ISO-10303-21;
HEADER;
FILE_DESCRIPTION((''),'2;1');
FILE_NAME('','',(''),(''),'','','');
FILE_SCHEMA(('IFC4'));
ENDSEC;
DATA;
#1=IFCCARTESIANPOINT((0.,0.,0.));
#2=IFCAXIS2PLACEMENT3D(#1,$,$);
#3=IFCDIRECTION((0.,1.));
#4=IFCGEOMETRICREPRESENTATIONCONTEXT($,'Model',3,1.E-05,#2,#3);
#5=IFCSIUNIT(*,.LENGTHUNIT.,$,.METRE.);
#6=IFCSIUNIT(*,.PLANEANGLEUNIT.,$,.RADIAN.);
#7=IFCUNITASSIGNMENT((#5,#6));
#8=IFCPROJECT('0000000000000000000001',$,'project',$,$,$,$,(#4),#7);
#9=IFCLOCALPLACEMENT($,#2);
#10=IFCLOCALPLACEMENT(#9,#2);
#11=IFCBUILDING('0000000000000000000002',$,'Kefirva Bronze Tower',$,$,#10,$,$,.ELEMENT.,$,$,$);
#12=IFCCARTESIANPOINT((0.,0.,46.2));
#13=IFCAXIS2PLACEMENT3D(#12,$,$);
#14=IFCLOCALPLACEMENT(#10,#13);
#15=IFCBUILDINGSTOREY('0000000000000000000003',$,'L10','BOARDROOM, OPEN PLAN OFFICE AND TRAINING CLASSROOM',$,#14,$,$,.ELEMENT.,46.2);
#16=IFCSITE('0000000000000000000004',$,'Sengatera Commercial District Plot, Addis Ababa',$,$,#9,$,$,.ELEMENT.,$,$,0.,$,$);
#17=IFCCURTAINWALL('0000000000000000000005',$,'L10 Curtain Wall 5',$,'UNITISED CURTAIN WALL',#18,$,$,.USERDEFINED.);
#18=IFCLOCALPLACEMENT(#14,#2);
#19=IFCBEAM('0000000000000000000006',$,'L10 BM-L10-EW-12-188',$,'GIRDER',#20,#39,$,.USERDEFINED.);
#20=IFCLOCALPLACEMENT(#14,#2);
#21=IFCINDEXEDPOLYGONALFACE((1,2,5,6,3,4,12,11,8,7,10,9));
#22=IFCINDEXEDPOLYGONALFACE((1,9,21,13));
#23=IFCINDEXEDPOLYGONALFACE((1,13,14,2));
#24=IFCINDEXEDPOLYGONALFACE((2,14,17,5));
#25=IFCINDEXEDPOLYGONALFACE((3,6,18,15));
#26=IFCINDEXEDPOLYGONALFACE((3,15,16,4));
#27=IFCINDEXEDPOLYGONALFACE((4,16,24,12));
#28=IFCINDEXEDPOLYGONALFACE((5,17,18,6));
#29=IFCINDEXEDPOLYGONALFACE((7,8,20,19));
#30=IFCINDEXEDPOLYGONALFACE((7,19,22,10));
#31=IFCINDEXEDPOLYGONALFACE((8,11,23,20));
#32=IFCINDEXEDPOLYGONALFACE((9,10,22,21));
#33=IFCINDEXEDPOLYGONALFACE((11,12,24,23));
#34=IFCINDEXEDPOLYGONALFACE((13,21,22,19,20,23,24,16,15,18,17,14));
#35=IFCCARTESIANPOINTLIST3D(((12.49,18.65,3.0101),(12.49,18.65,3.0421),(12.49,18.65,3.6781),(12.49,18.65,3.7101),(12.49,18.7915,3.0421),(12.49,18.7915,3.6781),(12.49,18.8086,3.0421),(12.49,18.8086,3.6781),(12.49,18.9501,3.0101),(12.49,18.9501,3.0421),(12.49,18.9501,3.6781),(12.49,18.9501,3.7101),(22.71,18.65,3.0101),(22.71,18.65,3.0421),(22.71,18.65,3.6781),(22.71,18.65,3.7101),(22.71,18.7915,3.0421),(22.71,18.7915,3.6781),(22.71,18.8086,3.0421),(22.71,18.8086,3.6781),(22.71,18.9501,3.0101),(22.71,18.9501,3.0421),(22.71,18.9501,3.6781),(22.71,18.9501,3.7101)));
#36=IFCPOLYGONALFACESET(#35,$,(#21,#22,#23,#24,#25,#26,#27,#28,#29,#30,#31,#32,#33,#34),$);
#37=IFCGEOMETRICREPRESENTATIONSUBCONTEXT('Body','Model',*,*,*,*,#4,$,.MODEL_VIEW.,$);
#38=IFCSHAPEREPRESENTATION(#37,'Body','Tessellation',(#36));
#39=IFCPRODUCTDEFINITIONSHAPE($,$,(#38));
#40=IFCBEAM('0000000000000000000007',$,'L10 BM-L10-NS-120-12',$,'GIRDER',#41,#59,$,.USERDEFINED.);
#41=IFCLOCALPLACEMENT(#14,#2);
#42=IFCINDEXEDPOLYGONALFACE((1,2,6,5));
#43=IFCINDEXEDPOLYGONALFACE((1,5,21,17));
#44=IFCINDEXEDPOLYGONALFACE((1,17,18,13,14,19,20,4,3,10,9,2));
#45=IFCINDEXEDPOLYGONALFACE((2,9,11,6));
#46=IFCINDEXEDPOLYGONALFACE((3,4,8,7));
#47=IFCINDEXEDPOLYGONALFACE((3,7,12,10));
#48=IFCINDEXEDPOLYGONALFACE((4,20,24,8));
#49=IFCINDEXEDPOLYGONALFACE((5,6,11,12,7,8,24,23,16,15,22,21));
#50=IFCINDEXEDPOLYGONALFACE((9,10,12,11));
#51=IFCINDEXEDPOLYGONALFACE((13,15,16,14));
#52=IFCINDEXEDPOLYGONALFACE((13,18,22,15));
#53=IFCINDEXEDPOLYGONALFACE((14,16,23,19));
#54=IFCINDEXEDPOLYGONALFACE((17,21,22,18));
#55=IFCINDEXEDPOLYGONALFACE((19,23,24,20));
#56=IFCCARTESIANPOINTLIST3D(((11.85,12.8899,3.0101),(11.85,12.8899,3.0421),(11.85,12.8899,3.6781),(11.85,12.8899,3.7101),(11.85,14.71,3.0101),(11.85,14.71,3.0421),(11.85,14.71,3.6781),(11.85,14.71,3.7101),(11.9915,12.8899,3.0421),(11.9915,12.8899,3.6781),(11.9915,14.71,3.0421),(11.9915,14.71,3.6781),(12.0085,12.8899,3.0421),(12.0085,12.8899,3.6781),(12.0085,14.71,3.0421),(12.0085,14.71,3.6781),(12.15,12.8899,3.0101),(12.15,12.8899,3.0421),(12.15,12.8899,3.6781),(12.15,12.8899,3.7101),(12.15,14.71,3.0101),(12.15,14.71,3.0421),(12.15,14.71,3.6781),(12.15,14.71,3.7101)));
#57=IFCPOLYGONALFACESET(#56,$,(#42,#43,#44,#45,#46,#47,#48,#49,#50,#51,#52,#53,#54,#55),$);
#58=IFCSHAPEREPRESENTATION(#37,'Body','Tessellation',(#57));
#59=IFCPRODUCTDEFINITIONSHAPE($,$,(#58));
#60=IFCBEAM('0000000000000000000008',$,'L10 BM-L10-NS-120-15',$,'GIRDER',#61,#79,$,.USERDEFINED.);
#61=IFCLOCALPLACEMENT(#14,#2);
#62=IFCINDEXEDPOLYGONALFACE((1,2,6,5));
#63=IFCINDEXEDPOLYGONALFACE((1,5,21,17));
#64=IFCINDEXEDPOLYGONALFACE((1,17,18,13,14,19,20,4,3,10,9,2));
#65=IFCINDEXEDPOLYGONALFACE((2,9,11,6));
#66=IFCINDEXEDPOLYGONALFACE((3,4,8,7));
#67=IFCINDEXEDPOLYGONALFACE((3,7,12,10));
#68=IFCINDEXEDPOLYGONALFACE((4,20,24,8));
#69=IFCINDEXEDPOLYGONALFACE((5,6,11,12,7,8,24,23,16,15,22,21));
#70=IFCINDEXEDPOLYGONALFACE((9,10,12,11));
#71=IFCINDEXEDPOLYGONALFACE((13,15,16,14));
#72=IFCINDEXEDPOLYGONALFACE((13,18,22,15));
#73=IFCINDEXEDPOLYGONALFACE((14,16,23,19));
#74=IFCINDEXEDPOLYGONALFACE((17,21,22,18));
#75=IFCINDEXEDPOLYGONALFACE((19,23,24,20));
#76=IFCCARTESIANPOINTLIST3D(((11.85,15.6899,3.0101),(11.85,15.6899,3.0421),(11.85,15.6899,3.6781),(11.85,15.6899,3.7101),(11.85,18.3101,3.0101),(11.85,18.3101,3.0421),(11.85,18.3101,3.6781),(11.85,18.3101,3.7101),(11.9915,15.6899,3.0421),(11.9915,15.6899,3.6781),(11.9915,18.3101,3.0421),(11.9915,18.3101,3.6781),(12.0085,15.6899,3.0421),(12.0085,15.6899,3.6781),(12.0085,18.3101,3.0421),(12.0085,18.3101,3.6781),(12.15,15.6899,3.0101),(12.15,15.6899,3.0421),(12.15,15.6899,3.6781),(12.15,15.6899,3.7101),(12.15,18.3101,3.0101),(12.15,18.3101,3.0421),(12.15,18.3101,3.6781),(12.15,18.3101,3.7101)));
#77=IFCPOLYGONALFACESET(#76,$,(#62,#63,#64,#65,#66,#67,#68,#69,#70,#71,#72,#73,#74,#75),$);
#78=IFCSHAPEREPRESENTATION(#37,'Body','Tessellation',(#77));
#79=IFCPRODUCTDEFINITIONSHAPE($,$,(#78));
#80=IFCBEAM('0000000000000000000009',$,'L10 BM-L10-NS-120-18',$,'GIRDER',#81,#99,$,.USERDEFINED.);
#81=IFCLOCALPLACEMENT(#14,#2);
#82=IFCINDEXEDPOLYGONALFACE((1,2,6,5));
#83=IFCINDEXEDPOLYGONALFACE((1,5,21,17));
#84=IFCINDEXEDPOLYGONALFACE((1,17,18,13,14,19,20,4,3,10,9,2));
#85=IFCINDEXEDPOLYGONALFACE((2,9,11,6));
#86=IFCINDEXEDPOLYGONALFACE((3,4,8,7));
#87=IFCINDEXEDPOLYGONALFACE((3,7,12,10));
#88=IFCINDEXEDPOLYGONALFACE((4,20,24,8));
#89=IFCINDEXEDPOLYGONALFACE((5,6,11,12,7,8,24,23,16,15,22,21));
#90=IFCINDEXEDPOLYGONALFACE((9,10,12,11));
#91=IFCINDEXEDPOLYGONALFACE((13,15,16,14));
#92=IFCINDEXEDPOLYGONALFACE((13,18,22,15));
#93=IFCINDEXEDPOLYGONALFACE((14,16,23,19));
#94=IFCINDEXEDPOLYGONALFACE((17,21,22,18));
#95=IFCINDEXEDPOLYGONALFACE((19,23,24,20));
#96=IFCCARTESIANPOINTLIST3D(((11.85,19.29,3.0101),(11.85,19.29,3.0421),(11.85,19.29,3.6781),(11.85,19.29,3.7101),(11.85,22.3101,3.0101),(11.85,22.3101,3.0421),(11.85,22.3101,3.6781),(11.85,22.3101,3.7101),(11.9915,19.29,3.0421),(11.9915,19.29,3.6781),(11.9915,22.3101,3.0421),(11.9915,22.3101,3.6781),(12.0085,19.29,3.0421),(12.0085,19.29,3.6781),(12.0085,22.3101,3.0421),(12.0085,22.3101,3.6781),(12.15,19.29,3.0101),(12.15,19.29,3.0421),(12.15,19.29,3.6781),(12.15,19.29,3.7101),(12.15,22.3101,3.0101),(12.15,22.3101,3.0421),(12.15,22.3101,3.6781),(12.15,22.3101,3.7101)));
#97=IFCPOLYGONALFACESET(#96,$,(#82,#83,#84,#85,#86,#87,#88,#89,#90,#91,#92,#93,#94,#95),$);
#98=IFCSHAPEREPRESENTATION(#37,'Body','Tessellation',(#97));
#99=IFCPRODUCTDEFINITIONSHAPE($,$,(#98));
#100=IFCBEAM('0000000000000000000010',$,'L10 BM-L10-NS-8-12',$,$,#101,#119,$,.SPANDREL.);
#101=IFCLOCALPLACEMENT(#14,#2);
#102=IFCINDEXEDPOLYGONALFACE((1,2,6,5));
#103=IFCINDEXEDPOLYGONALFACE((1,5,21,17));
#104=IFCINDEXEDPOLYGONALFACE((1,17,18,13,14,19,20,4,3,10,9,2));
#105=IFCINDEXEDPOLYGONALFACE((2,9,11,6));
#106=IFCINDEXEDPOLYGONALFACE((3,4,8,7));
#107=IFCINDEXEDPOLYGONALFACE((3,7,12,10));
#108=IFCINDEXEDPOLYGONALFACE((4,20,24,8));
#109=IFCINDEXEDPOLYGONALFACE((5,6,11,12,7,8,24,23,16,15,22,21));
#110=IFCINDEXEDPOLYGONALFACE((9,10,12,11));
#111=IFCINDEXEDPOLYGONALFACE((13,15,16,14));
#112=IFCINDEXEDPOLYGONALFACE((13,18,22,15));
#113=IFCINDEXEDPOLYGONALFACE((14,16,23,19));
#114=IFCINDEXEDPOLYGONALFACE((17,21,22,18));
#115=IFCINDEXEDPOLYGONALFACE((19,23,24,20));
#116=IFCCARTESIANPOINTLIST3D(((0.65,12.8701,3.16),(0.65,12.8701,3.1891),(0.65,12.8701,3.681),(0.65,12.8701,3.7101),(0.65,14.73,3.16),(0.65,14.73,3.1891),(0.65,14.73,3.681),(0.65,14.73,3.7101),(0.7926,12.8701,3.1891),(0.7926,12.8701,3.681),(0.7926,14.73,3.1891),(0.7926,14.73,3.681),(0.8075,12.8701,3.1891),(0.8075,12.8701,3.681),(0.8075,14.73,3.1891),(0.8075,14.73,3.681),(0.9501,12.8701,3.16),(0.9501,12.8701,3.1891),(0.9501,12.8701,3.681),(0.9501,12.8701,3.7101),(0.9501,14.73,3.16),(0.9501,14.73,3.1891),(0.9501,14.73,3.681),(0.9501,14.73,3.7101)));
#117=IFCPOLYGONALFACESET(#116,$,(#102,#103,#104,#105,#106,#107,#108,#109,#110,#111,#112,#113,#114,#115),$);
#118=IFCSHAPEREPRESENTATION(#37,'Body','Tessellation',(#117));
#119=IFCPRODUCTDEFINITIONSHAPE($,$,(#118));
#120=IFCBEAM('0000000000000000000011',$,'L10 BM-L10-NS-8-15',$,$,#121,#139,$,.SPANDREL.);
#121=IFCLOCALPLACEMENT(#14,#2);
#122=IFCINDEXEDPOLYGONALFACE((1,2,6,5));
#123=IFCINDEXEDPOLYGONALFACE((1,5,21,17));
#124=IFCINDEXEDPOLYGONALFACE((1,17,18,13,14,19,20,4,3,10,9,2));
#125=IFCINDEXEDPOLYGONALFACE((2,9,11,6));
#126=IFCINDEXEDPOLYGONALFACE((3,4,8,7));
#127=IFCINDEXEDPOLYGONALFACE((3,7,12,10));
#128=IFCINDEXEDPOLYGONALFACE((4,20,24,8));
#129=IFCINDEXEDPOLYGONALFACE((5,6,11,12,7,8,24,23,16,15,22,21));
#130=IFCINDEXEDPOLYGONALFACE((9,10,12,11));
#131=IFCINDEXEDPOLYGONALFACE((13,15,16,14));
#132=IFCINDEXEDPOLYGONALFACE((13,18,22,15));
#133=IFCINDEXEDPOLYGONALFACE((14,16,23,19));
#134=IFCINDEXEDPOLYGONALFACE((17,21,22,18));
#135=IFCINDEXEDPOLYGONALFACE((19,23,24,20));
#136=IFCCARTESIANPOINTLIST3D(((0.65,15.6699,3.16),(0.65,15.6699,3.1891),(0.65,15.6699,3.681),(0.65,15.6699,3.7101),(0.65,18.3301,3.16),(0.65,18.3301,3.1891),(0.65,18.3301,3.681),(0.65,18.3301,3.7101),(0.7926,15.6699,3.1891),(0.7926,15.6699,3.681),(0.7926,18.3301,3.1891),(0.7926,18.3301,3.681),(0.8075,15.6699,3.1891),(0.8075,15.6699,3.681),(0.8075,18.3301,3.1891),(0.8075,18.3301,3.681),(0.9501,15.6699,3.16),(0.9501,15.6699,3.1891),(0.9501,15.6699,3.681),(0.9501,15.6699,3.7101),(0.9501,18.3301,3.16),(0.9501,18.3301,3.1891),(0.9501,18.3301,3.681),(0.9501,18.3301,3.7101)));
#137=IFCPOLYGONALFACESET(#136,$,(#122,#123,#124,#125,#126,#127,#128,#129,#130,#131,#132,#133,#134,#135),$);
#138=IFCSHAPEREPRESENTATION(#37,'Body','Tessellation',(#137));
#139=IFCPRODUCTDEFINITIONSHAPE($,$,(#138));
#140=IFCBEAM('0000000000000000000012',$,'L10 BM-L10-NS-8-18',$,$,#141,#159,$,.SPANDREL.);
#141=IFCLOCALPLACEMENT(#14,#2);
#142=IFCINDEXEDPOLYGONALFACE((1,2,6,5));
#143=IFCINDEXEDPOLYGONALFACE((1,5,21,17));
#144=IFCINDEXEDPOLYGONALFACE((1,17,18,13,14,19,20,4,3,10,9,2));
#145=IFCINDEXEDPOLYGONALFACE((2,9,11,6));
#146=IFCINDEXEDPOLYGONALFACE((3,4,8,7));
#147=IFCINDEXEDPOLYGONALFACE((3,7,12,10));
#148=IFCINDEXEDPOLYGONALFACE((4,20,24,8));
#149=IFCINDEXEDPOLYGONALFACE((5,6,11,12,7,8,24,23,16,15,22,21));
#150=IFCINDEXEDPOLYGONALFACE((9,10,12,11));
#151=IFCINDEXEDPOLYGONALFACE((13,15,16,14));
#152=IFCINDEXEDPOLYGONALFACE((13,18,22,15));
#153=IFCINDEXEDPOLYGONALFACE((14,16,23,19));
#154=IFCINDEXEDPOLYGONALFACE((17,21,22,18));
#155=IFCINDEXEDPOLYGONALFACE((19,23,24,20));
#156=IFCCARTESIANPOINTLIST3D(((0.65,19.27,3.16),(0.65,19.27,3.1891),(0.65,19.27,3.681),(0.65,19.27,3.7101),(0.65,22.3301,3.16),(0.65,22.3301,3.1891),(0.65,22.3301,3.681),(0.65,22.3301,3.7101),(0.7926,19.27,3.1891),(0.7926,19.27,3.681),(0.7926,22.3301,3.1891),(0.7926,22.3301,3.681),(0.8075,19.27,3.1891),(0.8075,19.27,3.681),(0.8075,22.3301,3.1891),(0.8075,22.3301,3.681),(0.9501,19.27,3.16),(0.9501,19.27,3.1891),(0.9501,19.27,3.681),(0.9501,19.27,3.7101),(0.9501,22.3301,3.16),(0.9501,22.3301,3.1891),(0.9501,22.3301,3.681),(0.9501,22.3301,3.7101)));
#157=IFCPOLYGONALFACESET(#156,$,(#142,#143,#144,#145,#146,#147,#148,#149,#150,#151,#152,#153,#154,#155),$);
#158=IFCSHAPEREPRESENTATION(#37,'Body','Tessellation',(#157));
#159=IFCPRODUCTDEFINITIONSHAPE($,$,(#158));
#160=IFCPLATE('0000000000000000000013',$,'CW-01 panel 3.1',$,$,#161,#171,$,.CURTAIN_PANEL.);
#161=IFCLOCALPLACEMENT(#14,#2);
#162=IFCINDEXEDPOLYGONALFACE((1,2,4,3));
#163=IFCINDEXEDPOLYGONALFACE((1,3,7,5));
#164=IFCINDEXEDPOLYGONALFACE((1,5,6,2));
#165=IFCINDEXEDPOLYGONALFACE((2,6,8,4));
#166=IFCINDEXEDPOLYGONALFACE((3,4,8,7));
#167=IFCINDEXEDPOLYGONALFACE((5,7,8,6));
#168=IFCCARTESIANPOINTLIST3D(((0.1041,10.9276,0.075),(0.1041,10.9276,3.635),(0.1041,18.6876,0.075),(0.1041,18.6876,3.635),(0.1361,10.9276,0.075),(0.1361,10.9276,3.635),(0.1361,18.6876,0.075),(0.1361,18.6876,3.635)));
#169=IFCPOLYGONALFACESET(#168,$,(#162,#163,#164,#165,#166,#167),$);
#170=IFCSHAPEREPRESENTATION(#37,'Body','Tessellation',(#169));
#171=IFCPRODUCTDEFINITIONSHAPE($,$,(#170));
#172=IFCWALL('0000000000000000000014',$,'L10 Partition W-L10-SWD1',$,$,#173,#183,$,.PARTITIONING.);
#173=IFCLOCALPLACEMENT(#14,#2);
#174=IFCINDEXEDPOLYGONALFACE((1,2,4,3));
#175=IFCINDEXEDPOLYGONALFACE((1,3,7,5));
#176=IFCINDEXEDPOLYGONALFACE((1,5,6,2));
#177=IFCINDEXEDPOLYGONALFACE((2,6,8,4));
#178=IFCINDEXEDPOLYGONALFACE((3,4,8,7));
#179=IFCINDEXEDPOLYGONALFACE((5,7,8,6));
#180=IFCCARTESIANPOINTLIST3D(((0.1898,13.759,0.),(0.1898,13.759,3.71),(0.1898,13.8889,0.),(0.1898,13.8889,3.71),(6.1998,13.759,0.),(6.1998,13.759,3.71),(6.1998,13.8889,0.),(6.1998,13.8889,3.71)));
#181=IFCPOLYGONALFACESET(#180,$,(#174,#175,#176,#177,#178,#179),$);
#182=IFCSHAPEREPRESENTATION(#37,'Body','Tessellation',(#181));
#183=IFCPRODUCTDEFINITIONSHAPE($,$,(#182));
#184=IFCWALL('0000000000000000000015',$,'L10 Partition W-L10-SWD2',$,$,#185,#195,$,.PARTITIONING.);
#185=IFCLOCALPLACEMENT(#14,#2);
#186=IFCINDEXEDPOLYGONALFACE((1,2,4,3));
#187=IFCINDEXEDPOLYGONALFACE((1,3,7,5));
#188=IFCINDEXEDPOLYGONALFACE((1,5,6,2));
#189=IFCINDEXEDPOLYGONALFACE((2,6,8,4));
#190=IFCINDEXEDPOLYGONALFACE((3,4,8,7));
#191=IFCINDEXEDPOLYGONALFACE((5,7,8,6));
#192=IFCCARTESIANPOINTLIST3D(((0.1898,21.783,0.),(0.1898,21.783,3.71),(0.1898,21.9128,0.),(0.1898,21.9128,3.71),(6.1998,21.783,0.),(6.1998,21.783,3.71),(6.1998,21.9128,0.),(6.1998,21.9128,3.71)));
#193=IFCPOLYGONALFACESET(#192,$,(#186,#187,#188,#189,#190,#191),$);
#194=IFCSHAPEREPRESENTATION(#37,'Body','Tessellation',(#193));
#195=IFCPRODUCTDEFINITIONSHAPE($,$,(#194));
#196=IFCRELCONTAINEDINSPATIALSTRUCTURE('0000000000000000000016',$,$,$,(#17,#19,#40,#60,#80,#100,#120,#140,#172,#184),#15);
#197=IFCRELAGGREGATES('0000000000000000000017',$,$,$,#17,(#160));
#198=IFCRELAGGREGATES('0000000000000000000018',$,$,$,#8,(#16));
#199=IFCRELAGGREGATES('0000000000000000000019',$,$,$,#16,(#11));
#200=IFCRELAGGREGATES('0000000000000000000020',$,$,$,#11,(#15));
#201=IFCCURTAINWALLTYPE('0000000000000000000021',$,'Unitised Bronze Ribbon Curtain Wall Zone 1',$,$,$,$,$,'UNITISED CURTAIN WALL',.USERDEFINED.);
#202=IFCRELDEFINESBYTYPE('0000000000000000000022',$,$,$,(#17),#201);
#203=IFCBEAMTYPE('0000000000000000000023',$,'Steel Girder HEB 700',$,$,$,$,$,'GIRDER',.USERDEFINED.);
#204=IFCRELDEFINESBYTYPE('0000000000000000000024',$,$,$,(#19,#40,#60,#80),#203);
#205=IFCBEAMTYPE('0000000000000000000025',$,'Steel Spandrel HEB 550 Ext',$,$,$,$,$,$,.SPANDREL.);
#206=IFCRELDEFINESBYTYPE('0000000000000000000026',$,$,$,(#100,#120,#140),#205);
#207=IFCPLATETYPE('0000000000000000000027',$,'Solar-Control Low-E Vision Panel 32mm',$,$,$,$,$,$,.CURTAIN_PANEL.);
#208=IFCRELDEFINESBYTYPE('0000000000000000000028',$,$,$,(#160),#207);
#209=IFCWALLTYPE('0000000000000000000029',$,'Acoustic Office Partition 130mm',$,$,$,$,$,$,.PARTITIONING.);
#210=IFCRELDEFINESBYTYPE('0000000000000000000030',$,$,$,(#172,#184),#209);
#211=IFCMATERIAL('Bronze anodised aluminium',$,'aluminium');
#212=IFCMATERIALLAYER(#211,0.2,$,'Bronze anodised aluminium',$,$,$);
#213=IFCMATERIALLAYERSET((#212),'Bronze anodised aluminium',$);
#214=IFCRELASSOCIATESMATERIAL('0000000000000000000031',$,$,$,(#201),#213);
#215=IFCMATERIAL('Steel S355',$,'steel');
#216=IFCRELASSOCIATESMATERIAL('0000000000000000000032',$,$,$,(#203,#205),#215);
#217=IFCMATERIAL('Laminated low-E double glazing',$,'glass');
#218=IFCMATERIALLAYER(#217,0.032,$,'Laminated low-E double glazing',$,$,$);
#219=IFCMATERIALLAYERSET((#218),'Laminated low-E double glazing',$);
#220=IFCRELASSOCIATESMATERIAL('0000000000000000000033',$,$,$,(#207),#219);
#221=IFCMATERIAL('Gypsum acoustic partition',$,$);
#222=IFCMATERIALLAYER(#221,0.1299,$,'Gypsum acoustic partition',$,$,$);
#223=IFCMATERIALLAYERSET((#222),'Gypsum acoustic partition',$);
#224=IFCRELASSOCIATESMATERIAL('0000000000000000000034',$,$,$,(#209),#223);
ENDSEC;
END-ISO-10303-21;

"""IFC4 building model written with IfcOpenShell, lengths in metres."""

from ifc_helpers import new_model, si_unit, direction, frame, frame_2d, origin, origin_2d, place, context, subcontext, project, spatial, rectangle, i_section, extrude, material, layer, layer_set, material_profile, profile_set, type_object, element, aggregate, save


model = new_model("IFC4")

# Units and contexts
model_context = context("Model", 3, precision=1e-05, world=origin(), true_north=direction((0.0, 1.0)))
body_context = subcontext(model_context, "Body", "Model", "MODEL_VIEW")
ifc_project = project(units=[si_unit("LENGTHUNIT", "METRE"), si_unit("PLANEANGLEUNIT", "RADIAN")], contexts=[model_context])

# Site, building, storey
site_placement = place(None, origin())
site = spatial("IfcSite", under=ifc_project, at=site_placement, Name="Sengatera Commercial District Plot, Addis Ababa", CompositionType="ELEMENT", RefElevation=0.0)
building_placement = place(site_placement, origin())
building = spatial("IfcBuilding", under=site, at=building_placement, Name="Kefirva Bronze Tower", CompositionType="ELEMENT")
storey_placement = place(building_placement, frame((0.0, 0.0, 46.2)))
storey = spatial("IfcBuildingStorey", under=building, at=storey_placement, Name="L10", Description="BOARDROOM, OPEN PLAN OFFICE AND TRAINING CLASSROOM", CompositionType="ELEMENT", Elevation=46.2)

# Curtain wall
ifc_material_1 = material(Name="Bronze anodised aluminium", Category="aluminium")
ifc_layer_1 = layer(ifc_material_1, 0.2, Name="Bronze anodised aluminium")
ifc_layer_set_1 = layer_set([ifc_layer_1], Name="Bronze anodised aluminium")
curtain_wall_type = type_object("IfcCurtainWallType", Name="Unitised Bronze Ribbon Curtain Wall Zone 1", ElementType="UNITISED CURTAIN WALL", PredefinedType="USERDEFINED", material=ifc_layer_set_1)
curtain_wall_placement = place(storey_placement, origin())
curtain_wall = element("IfcCurtainWall", 1, at=curtain_wall_placement, inside=storey, type_object=curtain_wall_type, Name="L10 Curtain Wall 5", ObjectType="UNITISED CURTAIN WALL", PredefinedType="USERDEFINED")

# Beams
ifc_material_2 = material(Name="Steel S355", Category="steel")
ifc_material_profile_1 = material_profile(ifc_material_2, i_section(OverallWidth=0.3, OverallDepth=0.7, WebThickness=0.0171, FlangeThickness=0.032, at=origin_2d()), Name="HEB 700")
ifc_profile_set_1 = profile_set([ifc_material_profile_1], Name="Steel S355")
beam_type_1 = type_object("IfcBeamType", Name="Steel Girder HEB 700", ElementType="GIRDER", PredefinedType="USERDEFINED", material=ifc_profile_set_1)
beam_1_placement = place(storey_placement, frame((12.49, 18.8, 3.3601), z_axis=(1.0, 0.0, 0.0), x_axis=(0.0, 1.0, 0.0)))
element("IfcBeam", 2, at=beam_1_placement, inside=storey, type_object=beam_type_1, Name="L10 BM-L10-EW-12-188", ObjectType="GIRDER", PredefinedType="USERDEFINED", context=body_context, shape_type="SweptSolid", body=[
    extrude(i_section(OverallWidth=0.3, OverallDepth=0.7, WebThickness=0.0171, FlangeThickness=0.032, at=origin_2d()), origin(), (0.0, 0.0, 1.0), 10.22),
])
beam_2_placement = place(storey_placement, frame((12.0, 12.8899, 3.3601), z_axis=(0.0, 1.0, 0.0), x_axis=(-1.0, 0.0, 0.0)))
element("IfcBeam", 3, at=beam_2_placement, inside=storey, type_object=beam_type_1, Name="L10 BM-L10-NS-120-12", ObjectType="GIRDER", PredefinedType="USERDEFINED", context=body_context, shape_type="SweptSolid", body=[
    extrude(i_section(OverallWidth=0.3, OverallDepth=0.7, WebThickness=0.0171, FlangeThickness=0.032, at=origin_2d()), origin(), (0.0, 0.0, 1.0), 1.8201),
])
beam_3_placement = place(storey_placement, frame((12.0, 15.6899, 3.3601), z_axis=(0.0, 1.0, 0.0), x_axis=(-1.0, 0.0, 0.0)))
element("IfcBeam", 4, at=beam_3_placement, inside=storey, type_object=beam_type_1, Name="L10 BM-L10-NS-120-15", ObjectType="GIRDER", PredefinedType="USERDEFINED", context=body_context, shape_type="SweptSolid", body=[
    extrude(i_section(OverallWidth=0.3, OverallDepth=0.7, WebThickness=0.0171, FlangeThickness=0.032, at=origin_2d()), origin(), (0.0, 0.0, 1.0), 2.6201),
])
beam_4_placement = place(storey_placement, frame((12.0, 19.29, 3.3601), z_axis=(0.0, 1.0, 0.0), x_axis=(-1.0, 0.0, 0.0)))
element("IfcBeam", 5, at=beam_4_placement, inside=storey, type_object=beam_type_1, Name="L10 BM-L10-NS-120-18", ObjectType="GIRDER", PredefinedType="USERDEFINED", context=body_context, shape_type="SweptSolid", body=[
    extrude(i_section(OverallWidth=0.3, OverallDepth=0.7, WebThickness=0.0171, FlangeThickness=0.032, at=origin_2d()), origin(), (0.0, 0.0, 1.0), 3.02),
])
ifc_material_profile_2 = material_profile(ifc_material_2, i_section(OverallWidth=0.3, OverallDepth=0.55, WebThickness=0.0149, FlangeThickness=0.0291, at=origin_2d()), Name="HEB 550")
ifc_profile_set_2 = profile_set([ifc_material_profile_2], Name="Steel S355")
beam_type_2 = type_object("IfcBeamType", Name="Steel Spandrel HEB 550 Ext", PredefinedType="SPANDREL", material=ifc_profile_set_2)
beam_5_placement = place(storey_placement, frame((0.8, 12.8701, 3.4351), z_axis=(0.0, 1.0, 0.0), x_axis=(-1.0, 0.0, 0.0)))
element("IfcBeam", 6, at=beam_5_placement, inside=storey, type_object=beam_type_2, Name="L10 BM-L10-NS-8-12", PredefinedType="SPANDREL", context=body_context, shape_type="SweptSolid", body=[
    extrude(i_section(OverallWidth=0.3, OverallDepth=0.55, WebThickness=0.0149, FlangeThickness=0.0291, at=origin_2d()), origin(), (0.0, 0.0, 1.0), 1.8599),
])
beam_6_placement = place(storey_placement, frame((0.8, 15.6699, 3.4351), z_axis=(0.0, 1.0, 0.0), x_axis=(-1.0, 0.0, 0.0)))
element("IfcBeam", 7, at=beam_6_placement, inside=storey, type_object=beam_type_2, Name="L10 BM-L10-NS-8-15", PredefinedType="SPANDREL", context=body_context, shape_type="SweptSolid", body=[
    extrude(i_section(OverallWidth=0.3, OverallDepth=0.55, WebThickness=0.0149, FlangeThickness=0.0291, at=origin_2d()), origin(), (0.0, 0.0, 1.0), 2.6602),
])
beam_7_placement = place(storey_placement, frame((0.8, 19.27, 3.4351), z_axis=(0.0, 1.0, 0.0), x_axis=(-1.0, 0.0, 0.0)))
element("IfcBeam", 8, at=beam_7_placement, inside=storey, type_object=beam_type_2, Name="L10 BM-L10-NS-8-18", PredefinedType="SPANDREL", context=body_context, shape_type="SweptSolid", body=[
    extrude(i_section(OverallWidth=0.3, OverallDepth=0.55, WebThickness=0.0149, FlangeThickness=0.0291, at=origin_2d()), origin(), (0.0, 0.0, 1.0), 3.0601),
])

# Plate
ifc_material_3 = material(Name="Laminated low-E double glazing", Category="glass")
ifc_layer_2 = layer(ifc_material_3, 0.032, Name="Laminated low-E double glazing")
ifc_layer_set_2 = layer_set([ifc_layer_2], Name="Laminated low-E double glazing")
plate_type = type_object("IfcPlateType", Name="Solar-Control Low-E Vision Panel 32mm", PredefinedType="CURTAIN_PANEL", material=ifc_layer_set_2)
plate_placement = place(storey_placement, frame((0.1201, 14.8076, 0.075), z_axis=(0.0, 0.0, 1.0), x_axis=(0.0, -1.0, 0.0)))
plate = element("IfcPlate", 9, at=plate_placement, type_object=plate_type, Name="CW-01 panel 3.1", PredefinedType="CURTAIN_PANEL", context=body_context, shape_type="SweptSolid", body=[
    extrude(rectangle(XDim=7.76, YDim=0.032, at=origin_2d()), origin(), (0.0, 0.0, 1.0), 3.5601),
])
aggregate(curtain_wall, [plate])

# Walls
ifc_material_4 = material(Name="Gypsum acoustic partition")
ifc_layer_3 = layer(ifc_material_4, 0.1299, Name="Gypsum acoustic partition")
ifc_layer_set_3 = layer_set([ifc_layer_3], Name="Gypsum acoustic partition")
wall_type = type_object("IfcWallType", Name="Acoustic Office Partition 130mm", PredefinedType="PARTITIONING", material=ifc_layer_set_3)
for number, where, z_axis, x_axis, name in (
    (10, (0.1899, 13.824, 0.0), (0.0, 0.0, 1.0), (1.0, 0.0, 0.0), "L10 Partition W-L10-SWD1"),
    (11, (0.1899, 21.8479, 0.0), (0.0, 0.0, 1.0), (1.0, 0.0, 0.0), "L10 Partition W-L10-SWD2"),
):
    element("IfcWall", number, at=place(storey_placement, frame(where, z_axis=z_axis, x_axis=x_axis)), inside=storey, type_object=wall_type, Name=name, PredefinedType="PARTITIONING", context=body_context, shape_type="SweptSolid", body=[
        extrude(rectangle(XDim=6.01, YDim=0.1299, at=frame_2d((3.0049, 0.0))), origin(), (0.0, 0.0, 1.0), 3.71),
    ])

save(model, "model.ifc")
